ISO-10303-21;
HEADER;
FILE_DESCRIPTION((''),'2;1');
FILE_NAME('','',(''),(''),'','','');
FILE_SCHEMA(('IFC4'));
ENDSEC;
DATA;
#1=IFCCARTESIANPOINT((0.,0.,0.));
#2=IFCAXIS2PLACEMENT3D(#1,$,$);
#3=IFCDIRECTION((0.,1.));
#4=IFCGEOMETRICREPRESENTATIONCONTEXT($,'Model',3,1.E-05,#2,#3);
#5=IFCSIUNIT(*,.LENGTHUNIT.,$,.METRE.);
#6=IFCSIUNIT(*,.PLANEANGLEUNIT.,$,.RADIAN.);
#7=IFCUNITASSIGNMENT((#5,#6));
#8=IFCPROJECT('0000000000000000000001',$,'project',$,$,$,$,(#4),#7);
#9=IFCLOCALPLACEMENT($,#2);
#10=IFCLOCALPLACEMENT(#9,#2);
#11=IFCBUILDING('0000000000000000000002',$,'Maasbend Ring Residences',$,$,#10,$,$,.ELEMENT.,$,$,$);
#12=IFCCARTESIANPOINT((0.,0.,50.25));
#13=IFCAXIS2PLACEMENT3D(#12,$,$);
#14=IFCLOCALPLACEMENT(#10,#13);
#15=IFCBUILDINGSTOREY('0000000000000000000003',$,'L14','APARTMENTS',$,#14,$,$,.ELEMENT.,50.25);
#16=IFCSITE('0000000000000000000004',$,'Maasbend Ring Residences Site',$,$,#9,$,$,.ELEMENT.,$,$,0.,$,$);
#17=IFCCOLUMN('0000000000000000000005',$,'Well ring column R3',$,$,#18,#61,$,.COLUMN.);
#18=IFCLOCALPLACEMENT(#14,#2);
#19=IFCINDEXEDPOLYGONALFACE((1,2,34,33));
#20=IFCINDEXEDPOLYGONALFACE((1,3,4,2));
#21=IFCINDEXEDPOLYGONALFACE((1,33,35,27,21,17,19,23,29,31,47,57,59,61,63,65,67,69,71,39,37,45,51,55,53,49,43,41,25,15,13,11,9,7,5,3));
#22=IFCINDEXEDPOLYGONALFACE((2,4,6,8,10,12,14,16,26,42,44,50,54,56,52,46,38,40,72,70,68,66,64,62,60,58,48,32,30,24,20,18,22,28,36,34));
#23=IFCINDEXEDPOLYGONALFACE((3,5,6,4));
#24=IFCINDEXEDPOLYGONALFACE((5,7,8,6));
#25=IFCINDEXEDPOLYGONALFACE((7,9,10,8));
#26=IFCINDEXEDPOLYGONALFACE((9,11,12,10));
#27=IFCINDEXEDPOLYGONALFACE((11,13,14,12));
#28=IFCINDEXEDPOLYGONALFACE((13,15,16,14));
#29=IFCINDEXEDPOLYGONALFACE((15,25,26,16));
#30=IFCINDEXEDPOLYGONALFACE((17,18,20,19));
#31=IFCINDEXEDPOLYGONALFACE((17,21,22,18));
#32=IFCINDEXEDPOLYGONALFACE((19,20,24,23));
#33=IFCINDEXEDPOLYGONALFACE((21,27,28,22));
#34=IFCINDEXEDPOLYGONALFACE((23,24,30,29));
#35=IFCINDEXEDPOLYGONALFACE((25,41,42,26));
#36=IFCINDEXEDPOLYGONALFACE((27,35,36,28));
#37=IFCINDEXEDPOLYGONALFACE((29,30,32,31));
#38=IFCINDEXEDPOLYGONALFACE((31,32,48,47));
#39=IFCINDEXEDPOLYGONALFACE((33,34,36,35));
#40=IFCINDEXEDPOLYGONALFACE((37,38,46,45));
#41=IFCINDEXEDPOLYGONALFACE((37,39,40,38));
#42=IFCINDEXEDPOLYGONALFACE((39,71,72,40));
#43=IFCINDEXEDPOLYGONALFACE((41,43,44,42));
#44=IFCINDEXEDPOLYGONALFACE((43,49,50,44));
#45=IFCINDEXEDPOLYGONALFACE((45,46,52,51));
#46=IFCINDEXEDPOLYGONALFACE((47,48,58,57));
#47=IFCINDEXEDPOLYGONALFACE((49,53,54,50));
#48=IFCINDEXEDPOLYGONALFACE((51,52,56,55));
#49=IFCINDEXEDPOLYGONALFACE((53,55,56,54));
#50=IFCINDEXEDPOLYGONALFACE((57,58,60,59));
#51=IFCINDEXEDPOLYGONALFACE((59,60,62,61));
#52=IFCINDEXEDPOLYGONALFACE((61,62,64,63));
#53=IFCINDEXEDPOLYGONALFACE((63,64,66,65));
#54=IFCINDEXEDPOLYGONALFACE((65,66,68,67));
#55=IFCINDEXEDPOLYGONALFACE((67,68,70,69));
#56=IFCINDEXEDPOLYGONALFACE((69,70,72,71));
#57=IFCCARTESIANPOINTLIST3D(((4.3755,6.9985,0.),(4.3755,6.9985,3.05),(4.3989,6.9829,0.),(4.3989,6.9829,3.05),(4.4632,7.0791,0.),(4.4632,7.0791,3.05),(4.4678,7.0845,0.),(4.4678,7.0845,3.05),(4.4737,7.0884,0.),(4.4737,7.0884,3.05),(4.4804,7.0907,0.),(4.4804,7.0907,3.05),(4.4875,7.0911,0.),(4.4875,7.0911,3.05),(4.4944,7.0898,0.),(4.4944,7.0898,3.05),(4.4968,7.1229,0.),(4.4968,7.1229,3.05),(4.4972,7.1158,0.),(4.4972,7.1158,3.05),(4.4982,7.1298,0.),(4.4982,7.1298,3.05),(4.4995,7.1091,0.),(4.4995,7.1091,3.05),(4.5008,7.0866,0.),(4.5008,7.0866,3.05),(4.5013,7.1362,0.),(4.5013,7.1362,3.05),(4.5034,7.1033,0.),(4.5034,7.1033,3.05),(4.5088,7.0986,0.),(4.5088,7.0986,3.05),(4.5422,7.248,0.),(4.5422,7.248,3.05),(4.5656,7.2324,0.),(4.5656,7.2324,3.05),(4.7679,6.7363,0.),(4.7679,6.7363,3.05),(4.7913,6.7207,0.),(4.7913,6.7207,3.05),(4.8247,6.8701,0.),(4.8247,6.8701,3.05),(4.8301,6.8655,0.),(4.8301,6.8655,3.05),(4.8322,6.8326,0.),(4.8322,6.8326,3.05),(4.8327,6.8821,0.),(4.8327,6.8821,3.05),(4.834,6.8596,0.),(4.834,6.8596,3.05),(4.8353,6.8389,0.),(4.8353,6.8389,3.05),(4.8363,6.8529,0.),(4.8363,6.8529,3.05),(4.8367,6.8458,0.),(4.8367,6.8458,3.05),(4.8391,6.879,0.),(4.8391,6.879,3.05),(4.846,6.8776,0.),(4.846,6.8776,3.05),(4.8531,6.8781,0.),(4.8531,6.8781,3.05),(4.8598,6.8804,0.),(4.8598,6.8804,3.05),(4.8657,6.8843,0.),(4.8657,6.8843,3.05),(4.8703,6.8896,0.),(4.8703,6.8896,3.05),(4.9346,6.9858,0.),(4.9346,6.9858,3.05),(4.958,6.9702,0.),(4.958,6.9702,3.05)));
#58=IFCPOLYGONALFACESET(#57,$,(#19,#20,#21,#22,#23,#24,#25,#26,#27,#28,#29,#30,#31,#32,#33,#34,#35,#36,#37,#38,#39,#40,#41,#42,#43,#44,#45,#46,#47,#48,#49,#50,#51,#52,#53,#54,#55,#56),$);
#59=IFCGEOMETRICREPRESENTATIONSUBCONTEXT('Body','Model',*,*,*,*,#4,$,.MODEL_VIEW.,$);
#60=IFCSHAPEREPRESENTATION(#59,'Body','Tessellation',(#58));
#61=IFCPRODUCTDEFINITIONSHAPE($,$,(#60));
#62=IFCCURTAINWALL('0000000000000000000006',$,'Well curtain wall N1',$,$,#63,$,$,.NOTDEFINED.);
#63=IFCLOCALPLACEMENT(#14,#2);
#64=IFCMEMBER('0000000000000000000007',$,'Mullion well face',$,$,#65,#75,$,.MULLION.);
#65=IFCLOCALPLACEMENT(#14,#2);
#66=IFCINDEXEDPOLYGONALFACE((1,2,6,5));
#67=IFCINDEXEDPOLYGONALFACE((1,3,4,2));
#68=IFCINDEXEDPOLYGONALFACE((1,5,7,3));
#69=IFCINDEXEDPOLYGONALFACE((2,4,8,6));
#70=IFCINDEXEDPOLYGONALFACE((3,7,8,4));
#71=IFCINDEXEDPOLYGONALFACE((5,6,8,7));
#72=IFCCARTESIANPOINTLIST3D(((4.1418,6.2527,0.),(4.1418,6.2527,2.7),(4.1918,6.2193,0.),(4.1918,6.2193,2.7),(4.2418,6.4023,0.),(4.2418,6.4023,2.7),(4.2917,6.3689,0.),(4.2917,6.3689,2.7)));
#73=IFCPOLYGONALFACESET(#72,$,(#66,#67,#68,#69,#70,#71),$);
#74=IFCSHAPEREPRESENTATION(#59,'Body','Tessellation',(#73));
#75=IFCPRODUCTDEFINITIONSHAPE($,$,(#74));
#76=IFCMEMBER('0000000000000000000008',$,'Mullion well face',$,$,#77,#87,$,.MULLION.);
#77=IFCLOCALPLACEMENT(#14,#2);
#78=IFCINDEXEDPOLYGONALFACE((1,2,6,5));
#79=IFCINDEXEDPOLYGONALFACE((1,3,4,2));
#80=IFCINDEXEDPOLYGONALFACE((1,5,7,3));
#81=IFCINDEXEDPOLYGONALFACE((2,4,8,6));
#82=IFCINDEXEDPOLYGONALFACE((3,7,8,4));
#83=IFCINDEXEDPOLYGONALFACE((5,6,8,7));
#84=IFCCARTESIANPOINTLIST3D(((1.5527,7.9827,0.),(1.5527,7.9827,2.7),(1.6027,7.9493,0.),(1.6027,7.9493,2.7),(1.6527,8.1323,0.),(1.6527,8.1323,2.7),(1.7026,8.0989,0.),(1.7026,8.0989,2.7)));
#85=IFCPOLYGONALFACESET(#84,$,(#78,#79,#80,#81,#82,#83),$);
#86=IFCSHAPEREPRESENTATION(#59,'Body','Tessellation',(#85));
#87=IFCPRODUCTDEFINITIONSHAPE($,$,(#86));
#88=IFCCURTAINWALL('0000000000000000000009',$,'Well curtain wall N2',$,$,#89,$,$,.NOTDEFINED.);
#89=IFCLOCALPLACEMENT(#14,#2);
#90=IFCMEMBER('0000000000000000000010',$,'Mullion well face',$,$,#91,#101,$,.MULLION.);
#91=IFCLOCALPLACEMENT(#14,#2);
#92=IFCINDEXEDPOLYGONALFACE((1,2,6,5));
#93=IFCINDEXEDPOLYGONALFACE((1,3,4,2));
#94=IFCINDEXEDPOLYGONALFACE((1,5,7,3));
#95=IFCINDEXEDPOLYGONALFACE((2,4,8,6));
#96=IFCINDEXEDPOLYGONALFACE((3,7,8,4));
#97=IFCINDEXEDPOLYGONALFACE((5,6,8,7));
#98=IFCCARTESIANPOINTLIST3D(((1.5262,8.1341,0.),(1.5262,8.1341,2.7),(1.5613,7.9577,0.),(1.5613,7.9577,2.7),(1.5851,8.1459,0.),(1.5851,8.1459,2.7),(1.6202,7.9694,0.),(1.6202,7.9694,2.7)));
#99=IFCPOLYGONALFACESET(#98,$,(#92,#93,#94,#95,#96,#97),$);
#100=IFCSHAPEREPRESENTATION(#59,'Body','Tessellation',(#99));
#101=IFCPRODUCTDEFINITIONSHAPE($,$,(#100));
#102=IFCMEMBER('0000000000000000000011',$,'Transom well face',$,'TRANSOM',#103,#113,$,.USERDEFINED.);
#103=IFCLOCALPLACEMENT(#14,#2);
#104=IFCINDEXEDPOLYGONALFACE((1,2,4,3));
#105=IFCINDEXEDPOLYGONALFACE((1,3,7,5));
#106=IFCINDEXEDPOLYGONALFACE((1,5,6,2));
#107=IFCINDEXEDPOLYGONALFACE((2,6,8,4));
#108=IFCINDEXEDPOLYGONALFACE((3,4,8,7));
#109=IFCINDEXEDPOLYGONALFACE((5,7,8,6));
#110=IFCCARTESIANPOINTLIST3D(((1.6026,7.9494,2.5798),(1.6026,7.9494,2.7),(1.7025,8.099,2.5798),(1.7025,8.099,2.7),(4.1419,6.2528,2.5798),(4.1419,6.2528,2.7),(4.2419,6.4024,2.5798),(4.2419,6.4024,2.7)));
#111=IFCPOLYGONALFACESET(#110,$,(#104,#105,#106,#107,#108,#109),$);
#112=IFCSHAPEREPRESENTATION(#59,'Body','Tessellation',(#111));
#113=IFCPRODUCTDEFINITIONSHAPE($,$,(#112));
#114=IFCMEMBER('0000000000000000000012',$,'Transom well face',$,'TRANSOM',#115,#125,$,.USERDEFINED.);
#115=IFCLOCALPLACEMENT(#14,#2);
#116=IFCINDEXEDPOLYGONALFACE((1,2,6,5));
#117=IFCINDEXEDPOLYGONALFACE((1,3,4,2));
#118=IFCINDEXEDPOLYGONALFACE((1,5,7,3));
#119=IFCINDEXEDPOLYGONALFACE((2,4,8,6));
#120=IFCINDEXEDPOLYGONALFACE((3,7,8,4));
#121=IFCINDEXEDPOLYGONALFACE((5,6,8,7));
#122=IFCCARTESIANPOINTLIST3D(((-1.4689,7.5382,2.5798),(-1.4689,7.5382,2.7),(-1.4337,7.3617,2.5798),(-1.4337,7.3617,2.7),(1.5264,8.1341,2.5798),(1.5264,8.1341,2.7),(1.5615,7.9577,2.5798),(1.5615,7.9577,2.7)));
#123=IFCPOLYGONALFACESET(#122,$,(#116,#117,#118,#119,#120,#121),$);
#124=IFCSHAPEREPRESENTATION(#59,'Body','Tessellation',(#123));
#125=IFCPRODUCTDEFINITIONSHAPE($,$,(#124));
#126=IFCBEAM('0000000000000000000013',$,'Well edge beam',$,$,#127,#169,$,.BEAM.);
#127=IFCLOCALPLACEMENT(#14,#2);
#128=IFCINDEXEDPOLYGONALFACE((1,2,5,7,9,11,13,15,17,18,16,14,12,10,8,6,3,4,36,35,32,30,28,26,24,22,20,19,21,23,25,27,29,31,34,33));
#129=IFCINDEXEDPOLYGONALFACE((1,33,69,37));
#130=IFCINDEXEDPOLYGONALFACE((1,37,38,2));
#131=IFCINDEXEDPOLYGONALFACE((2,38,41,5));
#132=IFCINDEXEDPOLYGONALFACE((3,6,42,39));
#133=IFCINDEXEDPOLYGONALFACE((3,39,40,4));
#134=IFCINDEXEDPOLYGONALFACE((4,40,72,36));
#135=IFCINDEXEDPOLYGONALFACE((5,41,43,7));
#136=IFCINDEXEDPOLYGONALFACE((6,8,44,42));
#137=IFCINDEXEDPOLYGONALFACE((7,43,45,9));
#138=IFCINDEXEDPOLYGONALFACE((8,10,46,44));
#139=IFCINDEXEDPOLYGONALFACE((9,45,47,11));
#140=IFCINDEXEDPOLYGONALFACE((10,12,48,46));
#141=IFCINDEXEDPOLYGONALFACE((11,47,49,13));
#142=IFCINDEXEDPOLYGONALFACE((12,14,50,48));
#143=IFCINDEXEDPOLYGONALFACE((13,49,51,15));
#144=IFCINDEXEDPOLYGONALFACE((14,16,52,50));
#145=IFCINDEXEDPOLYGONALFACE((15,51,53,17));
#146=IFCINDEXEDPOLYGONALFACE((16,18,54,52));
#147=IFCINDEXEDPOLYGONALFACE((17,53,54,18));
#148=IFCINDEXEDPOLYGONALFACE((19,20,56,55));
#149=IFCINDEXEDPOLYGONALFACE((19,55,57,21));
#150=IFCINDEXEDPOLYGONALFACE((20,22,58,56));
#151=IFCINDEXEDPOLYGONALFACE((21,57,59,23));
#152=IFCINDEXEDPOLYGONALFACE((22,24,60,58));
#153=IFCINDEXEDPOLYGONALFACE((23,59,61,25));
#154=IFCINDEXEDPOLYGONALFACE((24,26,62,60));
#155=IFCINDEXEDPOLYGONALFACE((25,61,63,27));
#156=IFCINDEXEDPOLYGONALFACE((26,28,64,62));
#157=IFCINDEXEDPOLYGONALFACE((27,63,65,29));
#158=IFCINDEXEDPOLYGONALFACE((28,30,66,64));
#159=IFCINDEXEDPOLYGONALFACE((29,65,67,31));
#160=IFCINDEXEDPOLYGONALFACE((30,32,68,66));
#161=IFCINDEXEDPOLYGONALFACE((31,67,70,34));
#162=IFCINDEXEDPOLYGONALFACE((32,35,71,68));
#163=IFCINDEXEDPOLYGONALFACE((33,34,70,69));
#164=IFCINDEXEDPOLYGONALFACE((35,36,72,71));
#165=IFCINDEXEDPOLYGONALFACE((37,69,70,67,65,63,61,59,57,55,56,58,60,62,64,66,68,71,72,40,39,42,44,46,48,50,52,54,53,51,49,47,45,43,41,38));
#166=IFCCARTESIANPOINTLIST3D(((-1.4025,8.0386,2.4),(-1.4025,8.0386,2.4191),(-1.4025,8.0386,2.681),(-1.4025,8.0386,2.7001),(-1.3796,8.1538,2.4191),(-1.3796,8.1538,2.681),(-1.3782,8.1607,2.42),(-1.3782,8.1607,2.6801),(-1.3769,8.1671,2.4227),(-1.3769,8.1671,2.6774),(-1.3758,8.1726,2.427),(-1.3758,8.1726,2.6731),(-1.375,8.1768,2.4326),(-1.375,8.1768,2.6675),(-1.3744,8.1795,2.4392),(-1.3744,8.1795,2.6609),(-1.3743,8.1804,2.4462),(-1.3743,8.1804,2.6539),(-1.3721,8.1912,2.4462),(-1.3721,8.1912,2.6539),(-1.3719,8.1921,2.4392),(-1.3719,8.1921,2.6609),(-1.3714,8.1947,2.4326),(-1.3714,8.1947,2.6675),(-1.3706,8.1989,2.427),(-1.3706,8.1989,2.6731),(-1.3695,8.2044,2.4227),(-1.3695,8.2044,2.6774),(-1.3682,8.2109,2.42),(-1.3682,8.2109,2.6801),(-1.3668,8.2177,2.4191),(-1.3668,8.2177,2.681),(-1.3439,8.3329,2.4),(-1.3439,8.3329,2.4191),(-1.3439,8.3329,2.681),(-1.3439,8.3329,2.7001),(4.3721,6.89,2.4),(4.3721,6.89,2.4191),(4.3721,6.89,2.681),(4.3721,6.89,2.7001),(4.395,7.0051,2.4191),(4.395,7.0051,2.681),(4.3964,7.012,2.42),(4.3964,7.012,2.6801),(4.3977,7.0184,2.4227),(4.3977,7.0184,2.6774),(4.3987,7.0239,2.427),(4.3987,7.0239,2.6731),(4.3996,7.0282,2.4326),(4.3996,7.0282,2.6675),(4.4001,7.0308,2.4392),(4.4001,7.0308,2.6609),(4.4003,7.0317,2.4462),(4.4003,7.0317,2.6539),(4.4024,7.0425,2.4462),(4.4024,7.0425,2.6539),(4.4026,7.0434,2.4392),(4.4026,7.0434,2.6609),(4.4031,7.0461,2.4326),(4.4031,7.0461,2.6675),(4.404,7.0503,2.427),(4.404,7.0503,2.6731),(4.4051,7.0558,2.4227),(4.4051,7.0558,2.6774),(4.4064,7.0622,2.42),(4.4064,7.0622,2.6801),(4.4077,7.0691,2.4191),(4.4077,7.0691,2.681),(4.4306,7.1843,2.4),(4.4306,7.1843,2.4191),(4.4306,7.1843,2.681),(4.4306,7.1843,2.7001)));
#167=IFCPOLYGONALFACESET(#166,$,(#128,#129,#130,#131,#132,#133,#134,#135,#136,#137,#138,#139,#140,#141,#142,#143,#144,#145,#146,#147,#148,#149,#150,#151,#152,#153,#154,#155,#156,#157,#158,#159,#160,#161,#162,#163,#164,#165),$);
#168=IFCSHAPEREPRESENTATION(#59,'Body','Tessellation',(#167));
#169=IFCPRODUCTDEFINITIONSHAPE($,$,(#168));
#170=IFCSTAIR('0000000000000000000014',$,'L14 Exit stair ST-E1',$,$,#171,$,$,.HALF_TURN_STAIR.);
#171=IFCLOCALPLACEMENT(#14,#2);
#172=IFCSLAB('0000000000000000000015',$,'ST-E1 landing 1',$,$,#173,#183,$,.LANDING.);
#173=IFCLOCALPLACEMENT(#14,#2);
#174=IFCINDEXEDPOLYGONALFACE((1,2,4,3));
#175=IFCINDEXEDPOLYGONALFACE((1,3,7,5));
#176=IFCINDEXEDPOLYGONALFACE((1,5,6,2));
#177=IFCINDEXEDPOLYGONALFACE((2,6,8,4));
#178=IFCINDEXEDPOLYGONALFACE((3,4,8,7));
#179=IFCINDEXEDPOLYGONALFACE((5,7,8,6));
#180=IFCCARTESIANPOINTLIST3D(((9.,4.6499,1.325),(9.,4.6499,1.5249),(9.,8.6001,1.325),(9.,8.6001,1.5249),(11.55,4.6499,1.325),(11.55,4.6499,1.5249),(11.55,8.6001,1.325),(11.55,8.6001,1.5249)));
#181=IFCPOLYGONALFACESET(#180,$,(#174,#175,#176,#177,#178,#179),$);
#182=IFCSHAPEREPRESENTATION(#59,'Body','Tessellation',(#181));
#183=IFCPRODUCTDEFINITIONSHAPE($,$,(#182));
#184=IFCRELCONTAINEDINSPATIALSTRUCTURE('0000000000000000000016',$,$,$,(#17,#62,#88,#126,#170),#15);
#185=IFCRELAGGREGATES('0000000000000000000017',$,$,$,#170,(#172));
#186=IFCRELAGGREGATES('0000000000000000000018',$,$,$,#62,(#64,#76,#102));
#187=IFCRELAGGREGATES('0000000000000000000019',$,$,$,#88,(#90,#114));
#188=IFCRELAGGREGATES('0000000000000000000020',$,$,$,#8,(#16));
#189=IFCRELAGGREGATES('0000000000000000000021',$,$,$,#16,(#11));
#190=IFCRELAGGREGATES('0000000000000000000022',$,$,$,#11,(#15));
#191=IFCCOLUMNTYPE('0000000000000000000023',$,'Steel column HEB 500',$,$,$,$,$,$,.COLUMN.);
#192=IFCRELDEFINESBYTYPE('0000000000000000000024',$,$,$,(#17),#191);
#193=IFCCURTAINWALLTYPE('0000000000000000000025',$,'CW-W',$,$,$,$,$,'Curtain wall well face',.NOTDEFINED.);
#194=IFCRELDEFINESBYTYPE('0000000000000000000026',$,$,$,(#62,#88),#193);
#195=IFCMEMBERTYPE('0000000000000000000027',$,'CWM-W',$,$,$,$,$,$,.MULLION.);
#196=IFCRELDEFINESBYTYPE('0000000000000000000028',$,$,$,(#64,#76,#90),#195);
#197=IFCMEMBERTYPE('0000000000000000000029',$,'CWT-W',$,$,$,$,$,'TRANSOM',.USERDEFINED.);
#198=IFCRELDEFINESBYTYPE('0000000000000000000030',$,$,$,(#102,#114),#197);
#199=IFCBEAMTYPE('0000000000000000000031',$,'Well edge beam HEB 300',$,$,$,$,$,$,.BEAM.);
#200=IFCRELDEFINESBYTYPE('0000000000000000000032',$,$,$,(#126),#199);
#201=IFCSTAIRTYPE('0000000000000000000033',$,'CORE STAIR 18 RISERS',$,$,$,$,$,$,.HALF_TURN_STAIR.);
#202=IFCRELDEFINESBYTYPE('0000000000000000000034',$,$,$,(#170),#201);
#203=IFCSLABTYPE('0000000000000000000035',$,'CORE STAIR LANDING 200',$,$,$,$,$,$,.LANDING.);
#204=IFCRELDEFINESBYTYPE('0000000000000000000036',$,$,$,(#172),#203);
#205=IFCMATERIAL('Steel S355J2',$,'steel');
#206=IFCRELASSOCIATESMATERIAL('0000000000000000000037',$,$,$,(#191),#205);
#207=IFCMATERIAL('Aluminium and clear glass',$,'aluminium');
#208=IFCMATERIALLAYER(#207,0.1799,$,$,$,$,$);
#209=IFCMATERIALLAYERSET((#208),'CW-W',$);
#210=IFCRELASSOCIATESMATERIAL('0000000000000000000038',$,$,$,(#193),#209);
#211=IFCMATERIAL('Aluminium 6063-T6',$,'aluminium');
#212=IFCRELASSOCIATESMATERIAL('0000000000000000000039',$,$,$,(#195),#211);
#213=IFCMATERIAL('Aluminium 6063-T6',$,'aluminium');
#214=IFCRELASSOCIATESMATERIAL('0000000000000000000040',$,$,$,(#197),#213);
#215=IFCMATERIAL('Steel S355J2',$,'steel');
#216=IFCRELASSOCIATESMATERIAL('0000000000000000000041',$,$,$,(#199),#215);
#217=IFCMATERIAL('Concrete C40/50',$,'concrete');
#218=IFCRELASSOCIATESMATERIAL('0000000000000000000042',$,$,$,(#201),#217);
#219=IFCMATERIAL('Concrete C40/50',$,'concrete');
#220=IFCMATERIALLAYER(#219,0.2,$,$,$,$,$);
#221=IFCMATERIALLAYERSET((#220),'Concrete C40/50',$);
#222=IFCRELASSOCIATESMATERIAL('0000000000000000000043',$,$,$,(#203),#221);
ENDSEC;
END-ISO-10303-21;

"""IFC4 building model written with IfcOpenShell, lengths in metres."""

from ifc_helpers import new_model, si_unit, direction, frame, origin, origin_2d, place, context, subcontext, project, spatial, polyline, rectangle, i_section, outline, extrude, material, layer, layer_set, material_profile, profile_set, type_object, element, aggregate, save


model = new_model("IFC4")

# Units and contexts
model_context = context("Model", 3, precision=1e-05, world=origin(), true_north=direction((0.0, 1.0)))
body_context = subcontext(model_context, "Body", "Model", "MODEL_VIEW")
ifc_project = project(units=[si_unit("LENGTHUNIT", "METRE"), si_unit("PLANEANGLEUNIT", "RADIAN")], contexts=[model_context])

# Site, building, storey
site_placement = place(None, origin())
site = spatial("IfcSite", under=ifc_project, at=site_placement, Name="Maasbend Ring Residences Site", CompositionType="ELEMENT", RefElevation=0.0)
building_placement = place(site_placement, origin())
building = spatial("IfcBuilding", under=site, at=building_placement, Name="Maasbend Ring Residences", CompositionType="ELEMENT")
storey_placement = place(building_placement, frame((0.0, 0.0, 50.25)))
storey = spatial("IfcBuildingStorey", under=building, at=storey_placement, Name="L14", Description="APARTMENTS", CompositionType="ELEMENT", Elevation=50.25)

# Column
ifc_material_1 = material(Name="Steel S355J2", Category="steel")
ifc_material_profile_1 = material_profile(ifc_material_1, i_section(OverallWidth=0.3, OverallDepth=0.5, WebThickness=0.0144, FlangeThickness=0.0281, FilletRadius=0.0271, at=origin_2d()), Name="HEB 500")
ifc_profile_set_1 = profile_set([ifc_material_profile_1], Name="Steel S355J2")
column_type = type_object("IfcColumnType", Name="Steel column HEB 500", PredefinedType="COLUMN", material=ifc_profile_set_1)
column_placement = place(storey_placement, frame((4.6667, 6.9844, 0.0), z_axis=(0.0, 0.0, 1.0), x_axis=(0.55557, 0.83147, 0.0)))
element("IfcColumn", 1, at=column_placement, inside=storey, type_object=column_type, Name="Well ring column R3", PredefinedType="COLUMN", context=body_context, shape_type="SweptSolid", body=[
    extrude(i_section(OverallWidth=0.3, OverallDepth=0.5, WebThickness=0.0144, FlangeThickness=0.0281, FilletRadius=0.0271, at=origin_2d()), origin(), (0.0, 0.0, 1.0), 3.05),
])

# Curtain wall, members
ifc_material_2 = material(Name="Aluminium and clear glass", Category="aluminium")
ifc_layer_1 = layer(ifc_material_2, 0.1799)
ifc_layer_set_1 = layer_set([ifc_layer_1], Name="CW-W")
curtain_wall_type = type_object("IfcCurtainWallType", Name="CW-W", ElementType="Curtain wall well face", PredefinedType="NOTDEFINED", material=ifc_layer_set_1)
curtain_wall_1_placement = place(storey_placement, origin())
curtain_wall_1 = element("IfcCurtainWall", 2, at=curtain_wall_1_placement, inside=storey, type_object=curtain_wall_type, Name="Well curtain wall N1", PredefinedType="NOTDEFINED")
ifc_material_3 = material(Name="Aluminium 6063-T6", Category="aluminium")
ifc_material_profile_2 = material_profile(ifc_material_3, rectangle(XDim=0.1799, YDim=0.0601, at=origin_2d()), Name="AL 180x60")
ifc_profile_set_2 = profile_set([ifc_material_profile_2], Name="Aluminium 6063-T6")
member_type_1 = type_object("IfcMemberType", Name="CWM-W", PredefinedType="MULLION", material=ifc_profile_set_2)
member_1_placement = place(storey_placement, frame((4.2168, 6.3108, 0.0), z_axis=(0.0, 0.0, 1.0), x_axis=(-0.55557, -0.83147, 0.0)))
member_1 = element("IfcMember", 3, at=member_1_placement, type_object=member_type_1, Name="Mullion well face", PredefinedType="MULLION", context=body_context, shape_type="SweptSolid", body=[
    extrude(rectangle(XDim=0.1799, YDim=0.0601, at=origin_2d()), origin(), (0.0, 0.0, 1.0), 2.7),
])
member_2_placement = place(storey_placement, frame((1.6277, 8.0408, 0.0), z_axis=(0.0, 0.0, 1.0), x_axis=(-0.55557, -0.83147, 0.0)))
member_2 = element("IfcMember", 4, at=member_2_placement, type_object=member_type_1, Name="Mullion well face", PredefinedType="MULLION", context=body_context, shape_type="SweptSolid", body=[
    extrude(rectangle(XDim=0.1799, YDim=0.0601, at=origin_2d()), origin(), (0.0, 0.0, 1.0), 2.7),
])

# Curtain wall, member
curtain_wall_2_placement = place(storey_placement, origin())
curtain_wall_2 = element("IfcCurtainWall", 5, at=curtain_wall_2_placement, inside=storey, type_object=curtain_wall_type, Name="Well curtain wall N2", PredefinedType="NOTDEFINED")
member_3_placement = place(storey_placement, frame((1.5732, 8.0518, 0.0), z_axis=(0.0, 0.0, 1.0), x_axis=(0.19509, -0.980785, 0.0)))
member_3 = element("IfcMember", 6, at=member_3_placement, type_object=member_type_1, Name="Mullion well face", PredefinedType="MULLION", context=body_context, shape_type="SweptSolid", body=[
    extrude(rectangle(XDim=0.1799, YDim=0.0601, at=origin_2d()), origin(), (0.0, 0.0, 1.0), 2.7),
])

# Members
ifc_material_4 = material(Name="Aluminium 6063-T6", Category="aluminium")
ifc_material_profile_3 = material_profile(ifc_material_4, rectangle(XDim=0.1799, YDim=0.1201, at=origin_2d()), Name="AL 180x120")
ifc_profile_set_3 = profile_set([ifc_material_profile_3], Name="Aluminium 6063-T6")
member_type_2 = type_object("IfcMemberType", Name="CWT-W", ElementType="TRANSOM", PredefinedType="USERDEFINED", material=ifc_profile_set_3)
member_4_placement = place(storey_placement, frame((4.1919, 6.3276, 2.6399), z_axis=(-0.831496, 0.55553, 0.0), x_axis=(-0.55553, -0.831496, 0.0)))
member_4 = element("IfcMember", 7, at=member_4_placement, type_object=member_type_2, Name="Transom well face", ObjectType="TRANSOM", PredefinedType="USERDEFINED", context=body_context, shape_type="SweptSolid", body=[
    extrude(rectangle(XDim=0.1799, YDim=0.1201, at=origin_2d()), origin(), (0.0, 0.0, 1.0), 3.054),
])
member_5_placement = place(storey_placement, frame((1.5439, 8.0459, 2.6399), z_axis=(-0.980777, -0.195132, 0.0), x_axis=(0.195132, -0.980777, 0.0)))
member_5 = element("IfcMember", 8, at=member_5_placement, type_object=member_type_2, Name="Transom well face", ObjectType="TRANSOM", PredefinedType="USERDEFINED", context=body_context, shape_type="SweptSolid", body=[
    extrude(rectangle(XDim=0.1799, YDim=0.1201, at=origin_2d()), origin(), (0.0, 0.0, 1.0), 3.054),
])

# Beam
ifc_material_5 = material(Name="Steel S355J2", Category="steel")
ifc_material_profile_4 = material_profile(ifc_material_5, i_section(OverallWidth=0.3, OverallDepth=0.3, WebThickness=0.011, FlangeThickness=0.019, FilletRadius=0.0271, at=origin_2d()), Name="HEB 300")
ifc_profile_set_4 = profile_set([ifc_material_profile_4], Name="Steel S355J2")
beam_type = type_object("IfcBeamType", Name="Well edge beam HEB 300", PredefinedType="BEAM", material=ifc_profile_set_4)
beam_placement = place(storey_placement, frame((4.4014, 7.0371, 2.55), z_axis=(-0.980784, 0.195095, 0.0), x_axis=(-0.195095, -0.980784, 0.0)))
element("IfcBeam", 9, at=beam_placement, inside=storey, type_object=beam_type, Name="Well edge beam", PredefinedType="BEAM", context=body_context, shape_type="SweptSolid", body=[
    extrude(i_section(OverallWidth=0.3, OverallDepth=0.3, WebThickness=0.011, FlangeThickness=0.019, FilletRadius=0.0271, at=origin_2d()), origin(), (0.0, 0.0, 1.0), 5.8877),
])

# Stair, slab
ifc_material_6 = material(Name="Concrete C40/50", Category="concrete")
stair_type = type_object("IfcStairType", Name="CORE STAIR 18 RISERS", PredefinedType="HALF_TURN_STAIR", material=ifc_material_6)
stair_1_placement = place(storey_placement, origin())
stair_1 = element("IfcStair", 10, at=stair_1_placement, inside=storey, type_object=stair_type, Name="L14 Exit stair ST-E1", PredefinedType="HALF_TURN_STAIR")
ifc_material_7 = material(Name="Concrete C40/50", Category="concrete")
ifc_layer_2 = layer(ifc_material_7, 0.2)
ifc_layer_set_2 = layer_set([ifc_layer_2], Name="Concrete C40/50")
slab_type_1 = type_object("IfcSlabType", Name="CORE STAIR LANDING 200", PredefinedType="LANDING", material=ifc_layer_set_2)
slab_1_placement = place(storey_placement, frame((0.0, 0.0, 1.325)))
slab_1 = element("IfcSlab", 11, at=slab_1_placement, type_object=slab_type_1, Name="ST-E1 landing 1", PredefinedType="LANDING", context=body_context, shape_type="SweptSolid", body=[
    extrude(outline(polyline([(11.55, 8.6001), (9.0, 8.6001), (9.0, 4.6499), (11.55, 4.6499), (11.55, 8.6001)])), origin(), (0.0, 0.0, 1.0), 0.2),
])
aggregate(stair_1, [slab_1])

aggregate(curtain_wall_1, [member_1, member_2, member_4])
aggregate(curtain_wall_2, [member_3, member_5])

save(model, "model.ifc")
